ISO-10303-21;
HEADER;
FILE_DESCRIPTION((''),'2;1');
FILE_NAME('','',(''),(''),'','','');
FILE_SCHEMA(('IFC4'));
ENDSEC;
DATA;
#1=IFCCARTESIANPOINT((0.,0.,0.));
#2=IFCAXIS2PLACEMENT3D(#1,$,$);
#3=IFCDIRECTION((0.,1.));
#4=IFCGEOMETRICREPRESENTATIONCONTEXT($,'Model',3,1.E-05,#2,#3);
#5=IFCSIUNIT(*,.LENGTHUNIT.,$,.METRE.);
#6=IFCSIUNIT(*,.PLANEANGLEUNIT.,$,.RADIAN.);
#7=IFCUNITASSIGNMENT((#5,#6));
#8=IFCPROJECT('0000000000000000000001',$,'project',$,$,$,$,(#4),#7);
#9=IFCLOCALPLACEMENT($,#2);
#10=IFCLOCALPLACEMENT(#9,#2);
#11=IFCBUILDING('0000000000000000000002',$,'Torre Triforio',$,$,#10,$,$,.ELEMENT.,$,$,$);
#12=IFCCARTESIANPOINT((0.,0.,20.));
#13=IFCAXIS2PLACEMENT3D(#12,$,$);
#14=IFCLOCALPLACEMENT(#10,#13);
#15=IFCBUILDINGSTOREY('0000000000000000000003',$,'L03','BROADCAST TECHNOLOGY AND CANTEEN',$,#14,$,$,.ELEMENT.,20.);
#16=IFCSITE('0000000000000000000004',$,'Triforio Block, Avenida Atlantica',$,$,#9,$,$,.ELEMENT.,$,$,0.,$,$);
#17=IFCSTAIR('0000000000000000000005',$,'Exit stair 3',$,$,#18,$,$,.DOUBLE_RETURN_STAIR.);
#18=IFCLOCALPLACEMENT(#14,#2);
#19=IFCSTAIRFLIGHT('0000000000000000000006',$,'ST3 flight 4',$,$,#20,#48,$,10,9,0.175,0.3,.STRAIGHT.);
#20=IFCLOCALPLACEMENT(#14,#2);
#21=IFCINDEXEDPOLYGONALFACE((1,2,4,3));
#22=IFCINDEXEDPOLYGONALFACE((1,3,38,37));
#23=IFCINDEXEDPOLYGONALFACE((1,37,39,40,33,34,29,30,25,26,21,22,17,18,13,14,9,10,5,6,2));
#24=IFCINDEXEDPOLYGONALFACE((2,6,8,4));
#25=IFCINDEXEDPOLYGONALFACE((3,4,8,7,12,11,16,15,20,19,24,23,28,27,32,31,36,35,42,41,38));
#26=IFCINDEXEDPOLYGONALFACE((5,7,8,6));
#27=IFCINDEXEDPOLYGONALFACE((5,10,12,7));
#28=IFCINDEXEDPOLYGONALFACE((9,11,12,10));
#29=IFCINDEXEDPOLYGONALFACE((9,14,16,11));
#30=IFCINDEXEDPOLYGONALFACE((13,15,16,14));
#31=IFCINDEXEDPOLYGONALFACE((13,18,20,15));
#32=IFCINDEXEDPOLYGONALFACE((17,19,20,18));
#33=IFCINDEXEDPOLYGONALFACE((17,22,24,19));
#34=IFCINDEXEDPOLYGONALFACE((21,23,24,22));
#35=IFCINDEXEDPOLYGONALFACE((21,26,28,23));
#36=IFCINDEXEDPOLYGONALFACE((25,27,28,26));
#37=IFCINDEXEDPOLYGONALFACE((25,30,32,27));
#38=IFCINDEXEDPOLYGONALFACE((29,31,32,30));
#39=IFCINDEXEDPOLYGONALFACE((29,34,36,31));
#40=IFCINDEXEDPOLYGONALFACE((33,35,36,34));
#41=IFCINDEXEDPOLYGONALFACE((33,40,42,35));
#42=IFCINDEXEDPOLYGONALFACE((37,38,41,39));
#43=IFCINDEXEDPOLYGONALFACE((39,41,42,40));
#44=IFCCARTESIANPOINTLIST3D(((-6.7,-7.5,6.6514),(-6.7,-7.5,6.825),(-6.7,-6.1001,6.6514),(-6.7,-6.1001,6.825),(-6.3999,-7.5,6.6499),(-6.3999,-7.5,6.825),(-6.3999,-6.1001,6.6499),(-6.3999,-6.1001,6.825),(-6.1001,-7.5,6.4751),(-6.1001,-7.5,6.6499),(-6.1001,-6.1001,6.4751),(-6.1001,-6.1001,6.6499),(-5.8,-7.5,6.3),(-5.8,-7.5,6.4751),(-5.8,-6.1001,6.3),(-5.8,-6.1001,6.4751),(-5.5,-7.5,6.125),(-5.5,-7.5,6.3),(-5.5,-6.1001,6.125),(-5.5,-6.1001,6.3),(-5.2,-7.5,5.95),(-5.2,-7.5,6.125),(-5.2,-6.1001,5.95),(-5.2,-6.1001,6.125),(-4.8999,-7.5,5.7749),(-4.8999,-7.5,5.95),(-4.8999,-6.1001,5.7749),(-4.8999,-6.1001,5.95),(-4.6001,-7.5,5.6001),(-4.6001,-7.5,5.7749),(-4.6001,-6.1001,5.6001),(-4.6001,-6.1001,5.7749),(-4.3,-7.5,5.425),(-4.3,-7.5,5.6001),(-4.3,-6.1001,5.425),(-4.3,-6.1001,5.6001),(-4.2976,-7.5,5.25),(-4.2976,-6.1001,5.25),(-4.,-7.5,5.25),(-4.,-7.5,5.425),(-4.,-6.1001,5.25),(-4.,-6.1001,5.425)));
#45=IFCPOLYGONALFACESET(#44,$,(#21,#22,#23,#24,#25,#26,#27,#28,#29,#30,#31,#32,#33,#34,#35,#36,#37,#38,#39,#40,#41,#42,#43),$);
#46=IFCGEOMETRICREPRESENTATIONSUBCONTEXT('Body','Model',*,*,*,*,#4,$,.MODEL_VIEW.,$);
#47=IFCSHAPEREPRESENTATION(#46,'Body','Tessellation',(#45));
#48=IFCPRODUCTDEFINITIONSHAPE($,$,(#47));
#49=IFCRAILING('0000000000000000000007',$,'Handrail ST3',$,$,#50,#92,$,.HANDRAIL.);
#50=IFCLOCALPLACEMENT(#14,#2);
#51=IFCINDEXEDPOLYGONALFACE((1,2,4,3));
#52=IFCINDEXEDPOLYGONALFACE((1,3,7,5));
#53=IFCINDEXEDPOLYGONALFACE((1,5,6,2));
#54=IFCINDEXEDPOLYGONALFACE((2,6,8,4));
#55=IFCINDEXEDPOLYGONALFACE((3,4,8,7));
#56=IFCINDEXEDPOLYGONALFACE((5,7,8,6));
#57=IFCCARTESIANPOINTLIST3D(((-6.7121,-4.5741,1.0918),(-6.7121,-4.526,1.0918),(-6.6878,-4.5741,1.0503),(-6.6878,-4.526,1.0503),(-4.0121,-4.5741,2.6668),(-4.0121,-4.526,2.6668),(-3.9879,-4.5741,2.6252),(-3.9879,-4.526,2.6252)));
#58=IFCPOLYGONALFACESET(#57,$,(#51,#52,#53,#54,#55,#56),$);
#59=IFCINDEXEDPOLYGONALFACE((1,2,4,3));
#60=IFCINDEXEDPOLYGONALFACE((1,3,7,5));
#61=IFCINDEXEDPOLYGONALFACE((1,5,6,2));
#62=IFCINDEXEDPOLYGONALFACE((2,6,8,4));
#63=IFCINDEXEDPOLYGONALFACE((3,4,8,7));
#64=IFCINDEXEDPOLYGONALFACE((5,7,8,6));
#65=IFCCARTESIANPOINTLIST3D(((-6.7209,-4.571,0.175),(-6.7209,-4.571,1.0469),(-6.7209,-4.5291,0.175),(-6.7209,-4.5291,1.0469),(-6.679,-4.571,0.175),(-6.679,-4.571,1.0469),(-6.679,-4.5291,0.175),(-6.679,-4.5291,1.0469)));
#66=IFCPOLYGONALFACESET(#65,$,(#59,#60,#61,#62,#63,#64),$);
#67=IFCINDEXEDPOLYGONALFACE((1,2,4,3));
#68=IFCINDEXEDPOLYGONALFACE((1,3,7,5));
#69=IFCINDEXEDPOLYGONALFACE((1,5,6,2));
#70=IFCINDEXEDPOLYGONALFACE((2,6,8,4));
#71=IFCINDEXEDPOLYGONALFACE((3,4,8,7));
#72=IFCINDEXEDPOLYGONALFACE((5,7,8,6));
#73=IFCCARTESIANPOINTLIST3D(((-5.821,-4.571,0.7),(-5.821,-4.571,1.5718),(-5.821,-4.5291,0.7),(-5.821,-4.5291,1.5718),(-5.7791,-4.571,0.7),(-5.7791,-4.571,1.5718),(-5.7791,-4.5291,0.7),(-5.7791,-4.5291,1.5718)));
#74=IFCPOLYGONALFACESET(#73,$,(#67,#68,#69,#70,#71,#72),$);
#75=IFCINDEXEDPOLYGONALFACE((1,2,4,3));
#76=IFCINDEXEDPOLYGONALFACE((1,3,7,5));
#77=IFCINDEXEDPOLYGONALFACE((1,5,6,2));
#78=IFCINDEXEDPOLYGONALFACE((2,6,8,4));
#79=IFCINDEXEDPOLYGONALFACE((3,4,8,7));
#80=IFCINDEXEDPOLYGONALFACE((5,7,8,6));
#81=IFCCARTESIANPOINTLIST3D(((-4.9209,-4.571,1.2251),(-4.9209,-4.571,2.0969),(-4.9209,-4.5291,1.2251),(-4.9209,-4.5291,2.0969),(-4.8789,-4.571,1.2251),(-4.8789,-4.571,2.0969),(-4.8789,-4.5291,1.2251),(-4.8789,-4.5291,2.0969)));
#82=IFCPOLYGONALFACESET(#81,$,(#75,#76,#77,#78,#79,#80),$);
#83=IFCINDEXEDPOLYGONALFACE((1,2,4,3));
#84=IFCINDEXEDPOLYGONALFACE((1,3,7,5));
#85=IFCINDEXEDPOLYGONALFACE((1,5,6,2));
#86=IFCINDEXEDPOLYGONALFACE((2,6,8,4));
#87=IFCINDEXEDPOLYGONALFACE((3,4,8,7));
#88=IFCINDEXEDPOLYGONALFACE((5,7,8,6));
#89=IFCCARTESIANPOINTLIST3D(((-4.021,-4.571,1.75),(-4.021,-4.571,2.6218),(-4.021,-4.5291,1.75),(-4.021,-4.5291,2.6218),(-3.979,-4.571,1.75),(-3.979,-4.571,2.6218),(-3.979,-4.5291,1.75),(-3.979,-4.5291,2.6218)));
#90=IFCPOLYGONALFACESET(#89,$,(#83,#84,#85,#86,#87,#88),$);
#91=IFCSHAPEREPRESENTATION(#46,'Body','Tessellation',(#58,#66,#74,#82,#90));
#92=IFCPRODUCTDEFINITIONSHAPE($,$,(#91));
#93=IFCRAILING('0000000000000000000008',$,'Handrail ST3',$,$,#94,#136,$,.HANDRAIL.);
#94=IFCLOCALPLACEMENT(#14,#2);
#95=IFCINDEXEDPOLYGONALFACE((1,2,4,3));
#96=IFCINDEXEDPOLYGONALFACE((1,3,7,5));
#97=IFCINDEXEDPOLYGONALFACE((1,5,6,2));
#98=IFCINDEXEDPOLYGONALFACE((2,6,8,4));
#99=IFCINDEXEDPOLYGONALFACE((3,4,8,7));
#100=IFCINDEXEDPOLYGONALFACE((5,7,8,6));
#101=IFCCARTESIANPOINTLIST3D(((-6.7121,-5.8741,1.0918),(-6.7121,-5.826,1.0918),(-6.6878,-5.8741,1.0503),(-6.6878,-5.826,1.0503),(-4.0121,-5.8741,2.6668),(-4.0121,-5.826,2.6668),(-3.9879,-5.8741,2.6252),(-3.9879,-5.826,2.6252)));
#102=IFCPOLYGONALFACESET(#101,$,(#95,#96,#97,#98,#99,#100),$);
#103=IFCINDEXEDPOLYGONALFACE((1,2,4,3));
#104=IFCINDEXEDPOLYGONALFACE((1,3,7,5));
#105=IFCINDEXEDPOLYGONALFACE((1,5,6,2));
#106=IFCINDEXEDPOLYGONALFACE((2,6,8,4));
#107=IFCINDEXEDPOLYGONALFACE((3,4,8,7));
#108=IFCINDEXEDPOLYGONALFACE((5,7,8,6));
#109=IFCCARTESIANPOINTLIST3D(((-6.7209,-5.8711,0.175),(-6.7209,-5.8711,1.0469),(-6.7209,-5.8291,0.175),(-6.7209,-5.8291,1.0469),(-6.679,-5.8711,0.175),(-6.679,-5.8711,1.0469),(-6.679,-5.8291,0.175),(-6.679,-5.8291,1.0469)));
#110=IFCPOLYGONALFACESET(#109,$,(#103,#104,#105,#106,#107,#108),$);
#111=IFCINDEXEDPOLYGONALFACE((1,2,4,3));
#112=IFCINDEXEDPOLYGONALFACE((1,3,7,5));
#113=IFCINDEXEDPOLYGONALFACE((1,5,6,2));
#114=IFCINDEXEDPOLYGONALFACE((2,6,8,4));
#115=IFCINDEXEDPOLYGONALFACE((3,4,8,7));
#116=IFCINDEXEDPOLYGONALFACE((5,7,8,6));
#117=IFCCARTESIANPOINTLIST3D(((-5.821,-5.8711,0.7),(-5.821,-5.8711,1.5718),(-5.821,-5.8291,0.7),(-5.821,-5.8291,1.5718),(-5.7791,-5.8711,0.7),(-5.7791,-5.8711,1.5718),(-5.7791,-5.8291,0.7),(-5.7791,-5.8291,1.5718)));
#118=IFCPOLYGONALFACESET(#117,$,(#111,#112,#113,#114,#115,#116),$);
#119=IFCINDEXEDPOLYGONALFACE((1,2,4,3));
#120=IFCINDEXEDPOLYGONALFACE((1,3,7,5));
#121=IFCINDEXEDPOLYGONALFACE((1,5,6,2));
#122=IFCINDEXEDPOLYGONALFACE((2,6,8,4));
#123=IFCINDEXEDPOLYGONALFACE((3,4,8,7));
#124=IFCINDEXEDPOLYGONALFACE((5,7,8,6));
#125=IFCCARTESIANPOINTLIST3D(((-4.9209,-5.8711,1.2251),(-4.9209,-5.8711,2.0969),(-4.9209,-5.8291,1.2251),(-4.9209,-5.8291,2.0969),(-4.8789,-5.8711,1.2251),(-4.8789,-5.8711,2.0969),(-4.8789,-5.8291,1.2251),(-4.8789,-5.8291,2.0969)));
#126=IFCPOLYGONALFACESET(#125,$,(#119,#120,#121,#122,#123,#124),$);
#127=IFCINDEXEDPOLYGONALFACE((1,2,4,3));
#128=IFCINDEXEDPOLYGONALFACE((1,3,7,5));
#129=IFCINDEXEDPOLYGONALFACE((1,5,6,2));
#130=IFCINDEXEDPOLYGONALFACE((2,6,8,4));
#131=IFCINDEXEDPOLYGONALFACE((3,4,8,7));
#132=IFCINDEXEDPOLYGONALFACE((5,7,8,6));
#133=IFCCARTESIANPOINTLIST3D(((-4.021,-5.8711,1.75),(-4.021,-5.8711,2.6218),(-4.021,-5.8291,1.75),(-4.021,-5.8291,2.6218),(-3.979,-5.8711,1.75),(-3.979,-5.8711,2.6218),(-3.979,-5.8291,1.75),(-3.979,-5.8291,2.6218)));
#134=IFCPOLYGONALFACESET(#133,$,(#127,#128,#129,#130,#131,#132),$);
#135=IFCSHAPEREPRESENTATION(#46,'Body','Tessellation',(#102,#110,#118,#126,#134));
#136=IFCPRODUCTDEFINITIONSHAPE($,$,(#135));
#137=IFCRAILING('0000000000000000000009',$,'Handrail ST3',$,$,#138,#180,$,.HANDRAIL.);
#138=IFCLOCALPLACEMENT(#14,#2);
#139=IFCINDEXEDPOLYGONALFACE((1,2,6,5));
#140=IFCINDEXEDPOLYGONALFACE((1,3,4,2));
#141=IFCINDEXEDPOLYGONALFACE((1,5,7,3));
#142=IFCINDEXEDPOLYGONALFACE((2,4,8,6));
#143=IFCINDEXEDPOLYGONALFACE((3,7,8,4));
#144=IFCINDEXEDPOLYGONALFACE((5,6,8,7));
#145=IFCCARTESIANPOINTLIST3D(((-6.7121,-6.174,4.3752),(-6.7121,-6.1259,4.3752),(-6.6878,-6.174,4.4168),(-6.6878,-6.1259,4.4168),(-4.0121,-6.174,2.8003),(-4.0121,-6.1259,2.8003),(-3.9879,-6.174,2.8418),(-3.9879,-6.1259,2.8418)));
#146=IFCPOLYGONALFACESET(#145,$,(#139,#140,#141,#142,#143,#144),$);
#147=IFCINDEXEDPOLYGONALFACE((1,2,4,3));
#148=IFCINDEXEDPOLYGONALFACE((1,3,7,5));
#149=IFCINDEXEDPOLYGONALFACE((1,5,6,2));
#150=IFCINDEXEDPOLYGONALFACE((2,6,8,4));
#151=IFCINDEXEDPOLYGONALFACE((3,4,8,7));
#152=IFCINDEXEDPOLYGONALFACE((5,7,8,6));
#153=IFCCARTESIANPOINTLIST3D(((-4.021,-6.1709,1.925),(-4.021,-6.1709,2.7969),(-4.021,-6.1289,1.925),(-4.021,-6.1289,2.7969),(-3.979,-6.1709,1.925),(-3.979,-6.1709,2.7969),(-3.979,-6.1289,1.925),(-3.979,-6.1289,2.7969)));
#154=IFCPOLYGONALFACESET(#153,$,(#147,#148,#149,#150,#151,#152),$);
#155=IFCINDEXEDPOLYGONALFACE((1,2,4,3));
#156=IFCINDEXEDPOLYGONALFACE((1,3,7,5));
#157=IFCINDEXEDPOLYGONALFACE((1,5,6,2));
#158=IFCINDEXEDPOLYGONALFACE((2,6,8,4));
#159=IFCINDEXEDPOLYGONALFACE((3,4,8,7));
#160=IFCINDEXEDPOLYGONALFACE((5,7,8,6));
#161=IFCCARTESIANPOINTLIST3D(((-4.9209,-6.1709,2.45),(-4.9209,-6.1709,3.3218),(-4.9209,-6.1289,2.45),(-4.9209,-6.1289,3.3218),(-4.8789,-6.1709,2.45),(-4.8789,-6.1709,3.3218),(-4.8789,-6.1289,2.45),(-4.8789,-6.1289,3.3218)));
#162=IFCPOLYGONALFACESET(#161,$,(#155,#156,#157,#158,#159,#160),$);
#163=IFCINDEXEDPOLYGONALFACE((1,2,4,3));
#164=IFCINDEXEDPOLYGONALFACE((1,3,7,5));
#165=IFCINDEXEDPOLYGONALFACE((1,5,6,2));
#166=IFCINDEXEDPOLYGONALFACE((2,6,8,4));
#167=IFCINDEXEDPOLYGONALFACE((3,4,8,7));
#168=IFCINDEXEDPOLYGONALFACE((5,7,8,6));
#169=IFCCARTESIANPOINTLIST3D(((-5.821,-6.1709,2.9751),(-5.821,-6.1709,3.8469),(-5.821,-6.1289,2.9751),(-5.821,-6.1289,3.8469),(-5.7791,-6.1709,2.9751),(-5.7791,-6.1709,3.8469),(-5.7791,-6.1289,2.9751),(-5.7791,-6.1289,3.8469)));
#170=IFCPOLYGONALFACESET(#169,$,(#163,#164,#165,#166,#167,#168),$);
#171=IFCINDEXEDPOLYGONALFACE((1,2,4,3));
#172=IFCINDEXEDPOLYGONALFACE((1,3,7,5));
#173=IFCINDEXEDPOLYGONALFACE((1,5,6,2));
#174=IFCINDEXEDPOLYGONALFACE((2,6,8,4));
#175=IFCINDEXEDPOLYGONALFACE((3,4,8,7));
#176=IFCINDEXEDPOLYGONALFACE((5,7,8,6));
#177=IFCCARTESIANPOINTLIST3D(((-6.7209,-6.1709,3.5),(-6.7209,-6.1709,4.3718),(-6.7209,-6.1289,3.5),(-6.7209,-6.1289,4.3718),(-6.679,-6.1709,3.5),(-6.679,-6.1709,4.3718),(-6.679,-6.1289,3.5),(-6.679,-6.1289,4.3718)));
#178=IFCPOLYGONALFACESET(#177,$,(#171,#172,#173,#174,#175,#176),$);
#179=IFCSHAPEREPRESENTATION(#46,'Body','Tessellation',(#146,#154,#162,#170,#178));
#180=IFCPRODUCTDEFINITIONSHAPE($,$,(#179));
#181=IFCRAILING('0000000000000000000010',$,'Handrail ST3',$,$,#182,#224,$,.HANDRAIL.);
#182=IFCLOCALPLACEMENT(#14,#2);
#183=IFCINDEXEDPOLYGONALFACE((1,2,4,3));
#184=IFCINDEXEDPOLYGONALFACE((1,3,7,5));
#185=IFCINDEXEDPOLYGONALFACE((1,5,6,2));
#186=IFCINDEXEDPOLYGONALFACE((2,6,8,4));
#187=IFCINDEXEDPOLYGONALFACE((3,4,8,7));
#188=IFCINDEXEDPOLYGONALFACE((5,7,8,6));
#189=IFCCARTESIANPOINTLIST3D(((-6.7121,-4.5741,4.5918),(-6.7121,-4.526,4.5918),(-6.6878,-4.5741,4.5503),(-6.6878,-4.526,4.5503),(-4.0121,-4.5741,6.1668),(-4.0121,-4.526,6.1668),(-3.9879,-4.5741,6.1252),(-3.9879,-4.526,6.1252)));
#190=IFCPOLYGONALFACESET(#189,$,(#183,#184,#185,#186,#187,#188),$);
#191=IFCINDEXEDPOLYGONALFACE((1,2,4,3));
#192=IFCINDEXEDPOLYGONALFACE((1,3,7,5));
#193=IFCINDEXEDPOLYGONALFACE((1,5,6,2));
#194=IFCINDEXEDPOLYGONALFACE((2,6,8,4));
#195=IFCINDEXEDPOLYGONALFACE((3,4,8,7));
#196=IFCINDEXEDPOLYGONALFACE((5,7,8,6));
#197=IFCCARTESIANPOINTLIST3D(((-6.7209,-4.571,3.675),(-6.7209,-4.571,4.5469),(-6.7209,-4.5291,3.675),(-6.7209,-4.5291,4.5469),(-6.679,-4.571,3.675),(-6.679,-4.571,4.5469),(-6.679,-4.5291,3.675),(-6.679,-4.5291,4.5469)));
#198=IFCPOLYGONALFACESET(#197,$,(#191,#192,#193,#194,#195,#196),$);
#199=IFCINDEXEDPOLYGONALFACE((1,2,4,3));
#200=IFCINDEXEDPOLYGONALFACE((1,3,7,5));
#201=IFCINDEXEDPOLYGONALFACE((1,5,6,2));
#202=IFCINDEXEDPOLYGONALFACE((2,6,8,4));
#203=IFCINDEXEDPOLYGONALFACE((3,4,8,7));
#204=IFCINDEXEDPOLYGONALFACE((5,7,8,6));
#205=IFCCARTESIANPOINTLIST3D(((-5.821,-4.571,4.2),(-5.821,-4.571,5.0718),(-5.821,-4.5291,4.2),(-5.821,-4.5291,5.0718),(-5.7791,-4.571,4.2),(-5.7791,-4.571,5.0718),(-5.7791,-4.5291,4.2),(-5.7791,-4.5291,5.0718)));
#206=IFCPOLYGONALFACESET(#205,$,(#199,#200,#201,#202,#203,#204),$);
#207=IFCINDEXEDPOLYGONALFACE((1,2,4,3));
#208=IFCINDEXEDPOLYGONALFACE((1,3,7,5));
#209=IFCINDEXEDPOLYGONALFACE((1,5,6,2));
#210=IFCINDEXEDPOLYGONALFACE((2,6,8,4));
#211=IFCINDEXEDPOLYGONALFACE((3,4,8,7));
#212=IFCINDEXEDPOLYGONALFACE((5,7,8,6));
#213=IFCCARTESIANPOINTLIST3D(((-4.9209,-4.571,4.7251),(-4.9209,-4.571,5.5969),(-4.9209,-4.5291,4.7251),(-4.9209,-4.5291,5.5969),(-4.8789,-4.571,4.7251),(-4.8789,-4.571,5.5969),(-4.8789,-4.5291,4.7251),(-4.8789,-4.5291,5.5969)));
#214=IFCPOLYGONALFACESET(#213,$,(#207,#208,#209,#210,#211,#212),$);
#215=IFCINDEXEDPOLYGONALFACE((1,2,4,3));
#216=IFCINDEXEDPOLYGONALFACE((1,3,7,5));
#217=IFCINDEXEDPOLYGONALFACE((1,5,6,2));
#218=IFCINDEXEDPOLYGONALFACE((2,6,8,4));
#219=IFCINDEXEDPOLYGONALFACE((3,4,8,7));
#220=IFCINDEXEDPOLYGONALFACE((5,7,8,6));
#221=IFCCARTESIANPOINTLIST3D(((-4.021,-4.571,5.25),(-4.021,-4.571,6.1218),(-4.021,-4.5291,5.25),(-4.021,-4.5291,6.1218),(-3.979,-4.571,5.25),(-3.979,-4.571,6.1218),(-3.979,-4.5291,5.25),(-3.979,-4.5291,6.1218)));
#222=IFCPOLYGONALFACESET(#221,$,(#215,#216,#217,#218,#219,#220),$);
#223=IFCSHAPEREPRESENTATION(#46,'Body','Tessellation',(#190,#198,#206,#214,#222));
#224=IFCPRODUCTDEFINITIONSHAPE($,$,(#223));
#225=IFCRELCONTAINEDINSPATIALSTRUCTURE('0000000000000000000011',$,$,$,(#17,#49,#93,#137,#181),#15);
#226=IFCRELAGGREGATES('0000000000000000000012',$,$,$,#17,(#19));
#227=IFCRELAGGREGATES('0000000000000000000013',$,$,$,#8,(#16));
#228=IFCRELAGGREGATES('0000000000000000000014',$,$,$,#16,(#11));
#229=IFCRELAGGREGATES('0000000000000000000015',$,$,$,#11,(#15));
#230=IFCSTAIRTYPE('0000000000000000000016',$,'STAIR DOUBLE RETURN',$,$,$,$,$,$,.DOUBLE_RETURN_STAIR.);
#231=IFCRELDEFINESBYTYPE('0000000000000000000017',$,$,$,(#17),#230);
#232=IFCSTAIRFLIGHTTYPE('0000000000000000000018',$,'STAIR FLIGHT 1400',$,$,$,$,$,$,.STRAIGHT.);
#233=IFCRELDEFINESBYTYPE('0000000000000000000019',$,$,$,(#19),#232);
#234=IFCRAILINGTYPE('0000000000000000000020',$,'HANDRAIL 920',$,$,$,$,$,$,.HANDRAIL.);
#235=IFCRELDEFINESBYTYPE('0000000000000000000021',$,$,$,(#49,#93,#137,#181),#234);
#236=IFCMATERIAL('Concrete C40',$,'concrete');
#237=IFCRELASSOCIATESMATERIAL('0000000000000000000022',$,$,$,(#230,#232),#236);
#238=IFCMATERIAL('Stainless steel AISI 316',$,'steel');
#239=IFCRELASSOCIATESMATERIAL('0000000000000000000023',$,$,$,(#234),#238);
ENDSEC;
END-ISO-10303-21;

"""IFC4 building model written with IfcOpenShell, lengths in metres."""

from ifc_helpers import new_model, si_unit, direction, frame, origin, origin_2d, place, context, subcontext, project, spatial, polyline, rectangle, outline, extrude, material, type_object, element, aggregate, save


model = new_model("IFC4")

# Units and contexts
model_context = context("Model", 3, precision=1e-05, world=origin(), true_north=direction((0.0, 1.0)))
body_context = subcontext(model_context, "Body", "Model", "MODEL_VIEW")
ifc_project = project(units=[si_unit("LENGTHUNIT", "METRE"), si_unit("PLANEANGLEUNIT", "RADIAN")], contexts=[model_context])

# Site, building, storey
site_placement = place(None, origin())
site = spatial("IfcSite", under=ifc_project, at=site_placement, Name="Triforio Block, Avenida Atlantica", CompositionType="ELEMENT", RefElevation=0.0)
building_placement = place(site_placement, origin())
building = spatial("IfcBuilding", under=site, at=building_placement, Name="Torre Triforio", CompositionType="ELEMENT")
storey_placement = place(building_placement, frame((0.0, 0.0, 20.0)))
storey = spatial("IfcBuildingStorey", under=building, at=storey_placement, Name="L03", Description="BROADCAST TECHNOLOGY AND CANTEEN", CompositionType="ELEMENT", Elevation=20.0)

# Stair, stair flight
ifc_material_1 = material(Name="Concrete C40", Category="concrete")
stair_type = type_object("IfcStairType", Name="STAIR DOUBLE RETURN", PredefinedType="DOUBLE_RETURN_STAIR", material=ifc_material_1)
stair_placement = place(storey_placement, origin())
stair = element("IfcStair", 1, at=stair_placement, inside=storey, type_object=stair_type, Name="Exit stair 3", PredefinedType="DOUBLE_RETURN_STAIR")
stair_flight_type = type_object("IfcStairFlightType", Name="STAIR FLIGHT 1400", PredefinedType="STRAIGHT", material=ifc_material_1)
stair_flight_1_placement = place(storey_placement, frame((-4.0, -6.8, 5.25), z_axis=(0.0, 0.0, 1.0), x_axis=(-1.0, 0.0, 0.0)))
stair_flight_1 = element("IfcStairFlight", 2, at=stair_flight_1_placement, type_object=stair_flight_type, Name="ST3 flight 4", NumberOfRisers=10, NumberOfTreads=9, PredefinedType="STRAIGHT", RiserHeight=0.175, TreadLength=0.3, context=body_context, shape_type="SweptSolid", body=[
    extrude(outline(polyline([(0.0, 0.0), (0.0, 0.175), (0.3, 0.175), (0.3, 0.3501), (0.6001, 0.3501), (0.6001, 0.5249), (0.8999, 0.5249), (0.8999, 0.7), (1.2, 0.7), (1.2, 0.875), (1.5, 0.875), (1.5, 1.05), (1.8, 1.05), (1.8, 1.2251), (2.1001, 1.2251), (2.1001, 1.3999), (2.3999, 1.3999), (2.3999, 1.575), (2.7, 1.575), (2.7, 1.75), (2.7, 1.4014), (0.2976, 0.0), (0.0, 0.0)])), frame((0.0, 0.7, 0.0), z_axis=(0.0, -1.0, 0.0), x_axis=(1.0, 0.0, 0.0)), (0.0, 0.0, 1.0), 1.3999),
])
aggregate(stair, [stair_flight_1])

# Railings
ifc_material_2 = material(Name="Stainless steel AISI 316", Category="steel")
railing_type = type_object("IfcRailingType", Name="HANDRAIL 920", PredefinedType="HANDRAIL", material=ifc_material_2)
for number, where, name in (
    (3, (-6.7, -4.55, 0.175), "Handrail ST3"),
    (4, (-6.7, -5.8501, 0.175), "Handrail ST3"),
):
    element("IfcRailing", number, at=place(storey_placement, frame(where)), inside=storey, type_object=railing_type, Name=name, PredefinedType="HANDRAIL", context=body_context, shape_type="SweptSolid", body=[
        extrude(rectangle(XDim=0.0481, YDim=0.0481, at=origin_2d()), frame((0.0, 0.0, 0.896), z_axis=(0.863782, 0.0, 0.503866), x_axis=(0.0, 1.0, 0.0)), (0.0, 0.0, 1.0), 3.1257),
        extrude(rectangle(XDim=0.042, YDim=0.042, at=origin_2d()), origin(), (0.0, 0.0, 1.0), 0.8718),
        extrude(rectangle(XDim=0.042, YDim=0.042, at=origin_2d()), frame((0.8999, 0.0, 0.5249)), (0.0, 0.0, 1.0), 0.8718),
        extrude(rectangle(XDim=0.042, YDim=0.042, at=origin_2d()), frame((1.8, 0.0, 1.05)), (0.0, 0.0, 1.0), 0.8718),
        extrude(rectangle(XDim=0.042, YDim=0.042, at=origin_2d()), frame((2.7, 0.0, 1.575)), (0.0, 0.0, 1.0), 0.8718),
    ])
railing_1_placement = place(storey_placement, frame((-4.0, -6.1499, 1.925)))
element("IfcRailing", 5, at=railing_1_placement, inside=storey, type_object=railing_type, Name="Handrail ST3", PredefinedType="HANDRAIL", context=body_context, shape_type="SweptSolid", body=[
    extrude(rectangle(XDim=0.0481, YDim=0.0481, at=origin_2d()), frame((0.0, 0.0, 0.896), z_axis=(-0.863782, 0.0, 0.503866), x_axis=(0.0, -1.0, 0.0)), (0.0, 0.0, 1.0), 3.1257),
    extrude(rectangle(XDim=0.042, YDim=0.042, at=origin_2d()), origin(), (0.0, 0.0, 1.0), 0.8718),
    extrude(rectangle(XDim=0.042, YDim=0.042, at=origin_2d()), frame((-0.8999, 0.0, 0.5249)), (0.0, 0.0, 1.0), 0.8718),
    extrude(rectangle(XDim=0.042, YDim=0.042, at=origin_2d()), frame((-1.8, 0.0, 1.05)), (0.0, 0.0, 1.0), 0.8718),
    extrude(rectangle(XDim=0.042, YDim=0.042, at=origin_2d()), frame((-2.7, 0.0, 1.575)), (0.0, 0.0, 1.0), 0.8718),
])
for number, where, name in (
    (6, (-6.7, -4.55, 3.675), "Handrail ST3"),
):
    element("IfcRailing", number, at=place(storey_placement, frame(where)), inside=storey, type_object=railing_type, Name=name, PredefinedType="HANDRAIL", context=body_context, shape_type="SweptSolid", body=[
        extrude(rectangle(XDim=0.0481, YDim=0.0481, at=origin_2d()), frame((0.0, 0.0, 0.896), z_axis=(0.863782, 0.0, 0.503866), x_axis=(0.0, 1.0, 0.0)), (0.0, 0.0, 1.0), 3.1257),
        extrude(rectangle(XDim=0.042, YDim=0.042, at=origin_2d()), origin(), (0.0, 0.0, 1.0), 0.8718),
        extrude(rectangle(XDim=0.042, YDim=0.042, at=origin_2d()), frame((0.8999, 0.0, 0.5249)), (0.0, 0.0, 1.0), 0.8718),
        extrude(rectangle(XDim=0.042, YDim=0.042, at=origin_2d()), frame((1.8, 0.0, 1.05)), (0.0, 0.0, 1.0), 0.8718),
        extrude(rectangle(XDim=0.042, YDim=0.042, at=origin_2d()), frame((2.7, 0.0, 1.575)), (0.0, 0.0, 1.0), 0.8718),
    ])

save(model, "model.ifc")
